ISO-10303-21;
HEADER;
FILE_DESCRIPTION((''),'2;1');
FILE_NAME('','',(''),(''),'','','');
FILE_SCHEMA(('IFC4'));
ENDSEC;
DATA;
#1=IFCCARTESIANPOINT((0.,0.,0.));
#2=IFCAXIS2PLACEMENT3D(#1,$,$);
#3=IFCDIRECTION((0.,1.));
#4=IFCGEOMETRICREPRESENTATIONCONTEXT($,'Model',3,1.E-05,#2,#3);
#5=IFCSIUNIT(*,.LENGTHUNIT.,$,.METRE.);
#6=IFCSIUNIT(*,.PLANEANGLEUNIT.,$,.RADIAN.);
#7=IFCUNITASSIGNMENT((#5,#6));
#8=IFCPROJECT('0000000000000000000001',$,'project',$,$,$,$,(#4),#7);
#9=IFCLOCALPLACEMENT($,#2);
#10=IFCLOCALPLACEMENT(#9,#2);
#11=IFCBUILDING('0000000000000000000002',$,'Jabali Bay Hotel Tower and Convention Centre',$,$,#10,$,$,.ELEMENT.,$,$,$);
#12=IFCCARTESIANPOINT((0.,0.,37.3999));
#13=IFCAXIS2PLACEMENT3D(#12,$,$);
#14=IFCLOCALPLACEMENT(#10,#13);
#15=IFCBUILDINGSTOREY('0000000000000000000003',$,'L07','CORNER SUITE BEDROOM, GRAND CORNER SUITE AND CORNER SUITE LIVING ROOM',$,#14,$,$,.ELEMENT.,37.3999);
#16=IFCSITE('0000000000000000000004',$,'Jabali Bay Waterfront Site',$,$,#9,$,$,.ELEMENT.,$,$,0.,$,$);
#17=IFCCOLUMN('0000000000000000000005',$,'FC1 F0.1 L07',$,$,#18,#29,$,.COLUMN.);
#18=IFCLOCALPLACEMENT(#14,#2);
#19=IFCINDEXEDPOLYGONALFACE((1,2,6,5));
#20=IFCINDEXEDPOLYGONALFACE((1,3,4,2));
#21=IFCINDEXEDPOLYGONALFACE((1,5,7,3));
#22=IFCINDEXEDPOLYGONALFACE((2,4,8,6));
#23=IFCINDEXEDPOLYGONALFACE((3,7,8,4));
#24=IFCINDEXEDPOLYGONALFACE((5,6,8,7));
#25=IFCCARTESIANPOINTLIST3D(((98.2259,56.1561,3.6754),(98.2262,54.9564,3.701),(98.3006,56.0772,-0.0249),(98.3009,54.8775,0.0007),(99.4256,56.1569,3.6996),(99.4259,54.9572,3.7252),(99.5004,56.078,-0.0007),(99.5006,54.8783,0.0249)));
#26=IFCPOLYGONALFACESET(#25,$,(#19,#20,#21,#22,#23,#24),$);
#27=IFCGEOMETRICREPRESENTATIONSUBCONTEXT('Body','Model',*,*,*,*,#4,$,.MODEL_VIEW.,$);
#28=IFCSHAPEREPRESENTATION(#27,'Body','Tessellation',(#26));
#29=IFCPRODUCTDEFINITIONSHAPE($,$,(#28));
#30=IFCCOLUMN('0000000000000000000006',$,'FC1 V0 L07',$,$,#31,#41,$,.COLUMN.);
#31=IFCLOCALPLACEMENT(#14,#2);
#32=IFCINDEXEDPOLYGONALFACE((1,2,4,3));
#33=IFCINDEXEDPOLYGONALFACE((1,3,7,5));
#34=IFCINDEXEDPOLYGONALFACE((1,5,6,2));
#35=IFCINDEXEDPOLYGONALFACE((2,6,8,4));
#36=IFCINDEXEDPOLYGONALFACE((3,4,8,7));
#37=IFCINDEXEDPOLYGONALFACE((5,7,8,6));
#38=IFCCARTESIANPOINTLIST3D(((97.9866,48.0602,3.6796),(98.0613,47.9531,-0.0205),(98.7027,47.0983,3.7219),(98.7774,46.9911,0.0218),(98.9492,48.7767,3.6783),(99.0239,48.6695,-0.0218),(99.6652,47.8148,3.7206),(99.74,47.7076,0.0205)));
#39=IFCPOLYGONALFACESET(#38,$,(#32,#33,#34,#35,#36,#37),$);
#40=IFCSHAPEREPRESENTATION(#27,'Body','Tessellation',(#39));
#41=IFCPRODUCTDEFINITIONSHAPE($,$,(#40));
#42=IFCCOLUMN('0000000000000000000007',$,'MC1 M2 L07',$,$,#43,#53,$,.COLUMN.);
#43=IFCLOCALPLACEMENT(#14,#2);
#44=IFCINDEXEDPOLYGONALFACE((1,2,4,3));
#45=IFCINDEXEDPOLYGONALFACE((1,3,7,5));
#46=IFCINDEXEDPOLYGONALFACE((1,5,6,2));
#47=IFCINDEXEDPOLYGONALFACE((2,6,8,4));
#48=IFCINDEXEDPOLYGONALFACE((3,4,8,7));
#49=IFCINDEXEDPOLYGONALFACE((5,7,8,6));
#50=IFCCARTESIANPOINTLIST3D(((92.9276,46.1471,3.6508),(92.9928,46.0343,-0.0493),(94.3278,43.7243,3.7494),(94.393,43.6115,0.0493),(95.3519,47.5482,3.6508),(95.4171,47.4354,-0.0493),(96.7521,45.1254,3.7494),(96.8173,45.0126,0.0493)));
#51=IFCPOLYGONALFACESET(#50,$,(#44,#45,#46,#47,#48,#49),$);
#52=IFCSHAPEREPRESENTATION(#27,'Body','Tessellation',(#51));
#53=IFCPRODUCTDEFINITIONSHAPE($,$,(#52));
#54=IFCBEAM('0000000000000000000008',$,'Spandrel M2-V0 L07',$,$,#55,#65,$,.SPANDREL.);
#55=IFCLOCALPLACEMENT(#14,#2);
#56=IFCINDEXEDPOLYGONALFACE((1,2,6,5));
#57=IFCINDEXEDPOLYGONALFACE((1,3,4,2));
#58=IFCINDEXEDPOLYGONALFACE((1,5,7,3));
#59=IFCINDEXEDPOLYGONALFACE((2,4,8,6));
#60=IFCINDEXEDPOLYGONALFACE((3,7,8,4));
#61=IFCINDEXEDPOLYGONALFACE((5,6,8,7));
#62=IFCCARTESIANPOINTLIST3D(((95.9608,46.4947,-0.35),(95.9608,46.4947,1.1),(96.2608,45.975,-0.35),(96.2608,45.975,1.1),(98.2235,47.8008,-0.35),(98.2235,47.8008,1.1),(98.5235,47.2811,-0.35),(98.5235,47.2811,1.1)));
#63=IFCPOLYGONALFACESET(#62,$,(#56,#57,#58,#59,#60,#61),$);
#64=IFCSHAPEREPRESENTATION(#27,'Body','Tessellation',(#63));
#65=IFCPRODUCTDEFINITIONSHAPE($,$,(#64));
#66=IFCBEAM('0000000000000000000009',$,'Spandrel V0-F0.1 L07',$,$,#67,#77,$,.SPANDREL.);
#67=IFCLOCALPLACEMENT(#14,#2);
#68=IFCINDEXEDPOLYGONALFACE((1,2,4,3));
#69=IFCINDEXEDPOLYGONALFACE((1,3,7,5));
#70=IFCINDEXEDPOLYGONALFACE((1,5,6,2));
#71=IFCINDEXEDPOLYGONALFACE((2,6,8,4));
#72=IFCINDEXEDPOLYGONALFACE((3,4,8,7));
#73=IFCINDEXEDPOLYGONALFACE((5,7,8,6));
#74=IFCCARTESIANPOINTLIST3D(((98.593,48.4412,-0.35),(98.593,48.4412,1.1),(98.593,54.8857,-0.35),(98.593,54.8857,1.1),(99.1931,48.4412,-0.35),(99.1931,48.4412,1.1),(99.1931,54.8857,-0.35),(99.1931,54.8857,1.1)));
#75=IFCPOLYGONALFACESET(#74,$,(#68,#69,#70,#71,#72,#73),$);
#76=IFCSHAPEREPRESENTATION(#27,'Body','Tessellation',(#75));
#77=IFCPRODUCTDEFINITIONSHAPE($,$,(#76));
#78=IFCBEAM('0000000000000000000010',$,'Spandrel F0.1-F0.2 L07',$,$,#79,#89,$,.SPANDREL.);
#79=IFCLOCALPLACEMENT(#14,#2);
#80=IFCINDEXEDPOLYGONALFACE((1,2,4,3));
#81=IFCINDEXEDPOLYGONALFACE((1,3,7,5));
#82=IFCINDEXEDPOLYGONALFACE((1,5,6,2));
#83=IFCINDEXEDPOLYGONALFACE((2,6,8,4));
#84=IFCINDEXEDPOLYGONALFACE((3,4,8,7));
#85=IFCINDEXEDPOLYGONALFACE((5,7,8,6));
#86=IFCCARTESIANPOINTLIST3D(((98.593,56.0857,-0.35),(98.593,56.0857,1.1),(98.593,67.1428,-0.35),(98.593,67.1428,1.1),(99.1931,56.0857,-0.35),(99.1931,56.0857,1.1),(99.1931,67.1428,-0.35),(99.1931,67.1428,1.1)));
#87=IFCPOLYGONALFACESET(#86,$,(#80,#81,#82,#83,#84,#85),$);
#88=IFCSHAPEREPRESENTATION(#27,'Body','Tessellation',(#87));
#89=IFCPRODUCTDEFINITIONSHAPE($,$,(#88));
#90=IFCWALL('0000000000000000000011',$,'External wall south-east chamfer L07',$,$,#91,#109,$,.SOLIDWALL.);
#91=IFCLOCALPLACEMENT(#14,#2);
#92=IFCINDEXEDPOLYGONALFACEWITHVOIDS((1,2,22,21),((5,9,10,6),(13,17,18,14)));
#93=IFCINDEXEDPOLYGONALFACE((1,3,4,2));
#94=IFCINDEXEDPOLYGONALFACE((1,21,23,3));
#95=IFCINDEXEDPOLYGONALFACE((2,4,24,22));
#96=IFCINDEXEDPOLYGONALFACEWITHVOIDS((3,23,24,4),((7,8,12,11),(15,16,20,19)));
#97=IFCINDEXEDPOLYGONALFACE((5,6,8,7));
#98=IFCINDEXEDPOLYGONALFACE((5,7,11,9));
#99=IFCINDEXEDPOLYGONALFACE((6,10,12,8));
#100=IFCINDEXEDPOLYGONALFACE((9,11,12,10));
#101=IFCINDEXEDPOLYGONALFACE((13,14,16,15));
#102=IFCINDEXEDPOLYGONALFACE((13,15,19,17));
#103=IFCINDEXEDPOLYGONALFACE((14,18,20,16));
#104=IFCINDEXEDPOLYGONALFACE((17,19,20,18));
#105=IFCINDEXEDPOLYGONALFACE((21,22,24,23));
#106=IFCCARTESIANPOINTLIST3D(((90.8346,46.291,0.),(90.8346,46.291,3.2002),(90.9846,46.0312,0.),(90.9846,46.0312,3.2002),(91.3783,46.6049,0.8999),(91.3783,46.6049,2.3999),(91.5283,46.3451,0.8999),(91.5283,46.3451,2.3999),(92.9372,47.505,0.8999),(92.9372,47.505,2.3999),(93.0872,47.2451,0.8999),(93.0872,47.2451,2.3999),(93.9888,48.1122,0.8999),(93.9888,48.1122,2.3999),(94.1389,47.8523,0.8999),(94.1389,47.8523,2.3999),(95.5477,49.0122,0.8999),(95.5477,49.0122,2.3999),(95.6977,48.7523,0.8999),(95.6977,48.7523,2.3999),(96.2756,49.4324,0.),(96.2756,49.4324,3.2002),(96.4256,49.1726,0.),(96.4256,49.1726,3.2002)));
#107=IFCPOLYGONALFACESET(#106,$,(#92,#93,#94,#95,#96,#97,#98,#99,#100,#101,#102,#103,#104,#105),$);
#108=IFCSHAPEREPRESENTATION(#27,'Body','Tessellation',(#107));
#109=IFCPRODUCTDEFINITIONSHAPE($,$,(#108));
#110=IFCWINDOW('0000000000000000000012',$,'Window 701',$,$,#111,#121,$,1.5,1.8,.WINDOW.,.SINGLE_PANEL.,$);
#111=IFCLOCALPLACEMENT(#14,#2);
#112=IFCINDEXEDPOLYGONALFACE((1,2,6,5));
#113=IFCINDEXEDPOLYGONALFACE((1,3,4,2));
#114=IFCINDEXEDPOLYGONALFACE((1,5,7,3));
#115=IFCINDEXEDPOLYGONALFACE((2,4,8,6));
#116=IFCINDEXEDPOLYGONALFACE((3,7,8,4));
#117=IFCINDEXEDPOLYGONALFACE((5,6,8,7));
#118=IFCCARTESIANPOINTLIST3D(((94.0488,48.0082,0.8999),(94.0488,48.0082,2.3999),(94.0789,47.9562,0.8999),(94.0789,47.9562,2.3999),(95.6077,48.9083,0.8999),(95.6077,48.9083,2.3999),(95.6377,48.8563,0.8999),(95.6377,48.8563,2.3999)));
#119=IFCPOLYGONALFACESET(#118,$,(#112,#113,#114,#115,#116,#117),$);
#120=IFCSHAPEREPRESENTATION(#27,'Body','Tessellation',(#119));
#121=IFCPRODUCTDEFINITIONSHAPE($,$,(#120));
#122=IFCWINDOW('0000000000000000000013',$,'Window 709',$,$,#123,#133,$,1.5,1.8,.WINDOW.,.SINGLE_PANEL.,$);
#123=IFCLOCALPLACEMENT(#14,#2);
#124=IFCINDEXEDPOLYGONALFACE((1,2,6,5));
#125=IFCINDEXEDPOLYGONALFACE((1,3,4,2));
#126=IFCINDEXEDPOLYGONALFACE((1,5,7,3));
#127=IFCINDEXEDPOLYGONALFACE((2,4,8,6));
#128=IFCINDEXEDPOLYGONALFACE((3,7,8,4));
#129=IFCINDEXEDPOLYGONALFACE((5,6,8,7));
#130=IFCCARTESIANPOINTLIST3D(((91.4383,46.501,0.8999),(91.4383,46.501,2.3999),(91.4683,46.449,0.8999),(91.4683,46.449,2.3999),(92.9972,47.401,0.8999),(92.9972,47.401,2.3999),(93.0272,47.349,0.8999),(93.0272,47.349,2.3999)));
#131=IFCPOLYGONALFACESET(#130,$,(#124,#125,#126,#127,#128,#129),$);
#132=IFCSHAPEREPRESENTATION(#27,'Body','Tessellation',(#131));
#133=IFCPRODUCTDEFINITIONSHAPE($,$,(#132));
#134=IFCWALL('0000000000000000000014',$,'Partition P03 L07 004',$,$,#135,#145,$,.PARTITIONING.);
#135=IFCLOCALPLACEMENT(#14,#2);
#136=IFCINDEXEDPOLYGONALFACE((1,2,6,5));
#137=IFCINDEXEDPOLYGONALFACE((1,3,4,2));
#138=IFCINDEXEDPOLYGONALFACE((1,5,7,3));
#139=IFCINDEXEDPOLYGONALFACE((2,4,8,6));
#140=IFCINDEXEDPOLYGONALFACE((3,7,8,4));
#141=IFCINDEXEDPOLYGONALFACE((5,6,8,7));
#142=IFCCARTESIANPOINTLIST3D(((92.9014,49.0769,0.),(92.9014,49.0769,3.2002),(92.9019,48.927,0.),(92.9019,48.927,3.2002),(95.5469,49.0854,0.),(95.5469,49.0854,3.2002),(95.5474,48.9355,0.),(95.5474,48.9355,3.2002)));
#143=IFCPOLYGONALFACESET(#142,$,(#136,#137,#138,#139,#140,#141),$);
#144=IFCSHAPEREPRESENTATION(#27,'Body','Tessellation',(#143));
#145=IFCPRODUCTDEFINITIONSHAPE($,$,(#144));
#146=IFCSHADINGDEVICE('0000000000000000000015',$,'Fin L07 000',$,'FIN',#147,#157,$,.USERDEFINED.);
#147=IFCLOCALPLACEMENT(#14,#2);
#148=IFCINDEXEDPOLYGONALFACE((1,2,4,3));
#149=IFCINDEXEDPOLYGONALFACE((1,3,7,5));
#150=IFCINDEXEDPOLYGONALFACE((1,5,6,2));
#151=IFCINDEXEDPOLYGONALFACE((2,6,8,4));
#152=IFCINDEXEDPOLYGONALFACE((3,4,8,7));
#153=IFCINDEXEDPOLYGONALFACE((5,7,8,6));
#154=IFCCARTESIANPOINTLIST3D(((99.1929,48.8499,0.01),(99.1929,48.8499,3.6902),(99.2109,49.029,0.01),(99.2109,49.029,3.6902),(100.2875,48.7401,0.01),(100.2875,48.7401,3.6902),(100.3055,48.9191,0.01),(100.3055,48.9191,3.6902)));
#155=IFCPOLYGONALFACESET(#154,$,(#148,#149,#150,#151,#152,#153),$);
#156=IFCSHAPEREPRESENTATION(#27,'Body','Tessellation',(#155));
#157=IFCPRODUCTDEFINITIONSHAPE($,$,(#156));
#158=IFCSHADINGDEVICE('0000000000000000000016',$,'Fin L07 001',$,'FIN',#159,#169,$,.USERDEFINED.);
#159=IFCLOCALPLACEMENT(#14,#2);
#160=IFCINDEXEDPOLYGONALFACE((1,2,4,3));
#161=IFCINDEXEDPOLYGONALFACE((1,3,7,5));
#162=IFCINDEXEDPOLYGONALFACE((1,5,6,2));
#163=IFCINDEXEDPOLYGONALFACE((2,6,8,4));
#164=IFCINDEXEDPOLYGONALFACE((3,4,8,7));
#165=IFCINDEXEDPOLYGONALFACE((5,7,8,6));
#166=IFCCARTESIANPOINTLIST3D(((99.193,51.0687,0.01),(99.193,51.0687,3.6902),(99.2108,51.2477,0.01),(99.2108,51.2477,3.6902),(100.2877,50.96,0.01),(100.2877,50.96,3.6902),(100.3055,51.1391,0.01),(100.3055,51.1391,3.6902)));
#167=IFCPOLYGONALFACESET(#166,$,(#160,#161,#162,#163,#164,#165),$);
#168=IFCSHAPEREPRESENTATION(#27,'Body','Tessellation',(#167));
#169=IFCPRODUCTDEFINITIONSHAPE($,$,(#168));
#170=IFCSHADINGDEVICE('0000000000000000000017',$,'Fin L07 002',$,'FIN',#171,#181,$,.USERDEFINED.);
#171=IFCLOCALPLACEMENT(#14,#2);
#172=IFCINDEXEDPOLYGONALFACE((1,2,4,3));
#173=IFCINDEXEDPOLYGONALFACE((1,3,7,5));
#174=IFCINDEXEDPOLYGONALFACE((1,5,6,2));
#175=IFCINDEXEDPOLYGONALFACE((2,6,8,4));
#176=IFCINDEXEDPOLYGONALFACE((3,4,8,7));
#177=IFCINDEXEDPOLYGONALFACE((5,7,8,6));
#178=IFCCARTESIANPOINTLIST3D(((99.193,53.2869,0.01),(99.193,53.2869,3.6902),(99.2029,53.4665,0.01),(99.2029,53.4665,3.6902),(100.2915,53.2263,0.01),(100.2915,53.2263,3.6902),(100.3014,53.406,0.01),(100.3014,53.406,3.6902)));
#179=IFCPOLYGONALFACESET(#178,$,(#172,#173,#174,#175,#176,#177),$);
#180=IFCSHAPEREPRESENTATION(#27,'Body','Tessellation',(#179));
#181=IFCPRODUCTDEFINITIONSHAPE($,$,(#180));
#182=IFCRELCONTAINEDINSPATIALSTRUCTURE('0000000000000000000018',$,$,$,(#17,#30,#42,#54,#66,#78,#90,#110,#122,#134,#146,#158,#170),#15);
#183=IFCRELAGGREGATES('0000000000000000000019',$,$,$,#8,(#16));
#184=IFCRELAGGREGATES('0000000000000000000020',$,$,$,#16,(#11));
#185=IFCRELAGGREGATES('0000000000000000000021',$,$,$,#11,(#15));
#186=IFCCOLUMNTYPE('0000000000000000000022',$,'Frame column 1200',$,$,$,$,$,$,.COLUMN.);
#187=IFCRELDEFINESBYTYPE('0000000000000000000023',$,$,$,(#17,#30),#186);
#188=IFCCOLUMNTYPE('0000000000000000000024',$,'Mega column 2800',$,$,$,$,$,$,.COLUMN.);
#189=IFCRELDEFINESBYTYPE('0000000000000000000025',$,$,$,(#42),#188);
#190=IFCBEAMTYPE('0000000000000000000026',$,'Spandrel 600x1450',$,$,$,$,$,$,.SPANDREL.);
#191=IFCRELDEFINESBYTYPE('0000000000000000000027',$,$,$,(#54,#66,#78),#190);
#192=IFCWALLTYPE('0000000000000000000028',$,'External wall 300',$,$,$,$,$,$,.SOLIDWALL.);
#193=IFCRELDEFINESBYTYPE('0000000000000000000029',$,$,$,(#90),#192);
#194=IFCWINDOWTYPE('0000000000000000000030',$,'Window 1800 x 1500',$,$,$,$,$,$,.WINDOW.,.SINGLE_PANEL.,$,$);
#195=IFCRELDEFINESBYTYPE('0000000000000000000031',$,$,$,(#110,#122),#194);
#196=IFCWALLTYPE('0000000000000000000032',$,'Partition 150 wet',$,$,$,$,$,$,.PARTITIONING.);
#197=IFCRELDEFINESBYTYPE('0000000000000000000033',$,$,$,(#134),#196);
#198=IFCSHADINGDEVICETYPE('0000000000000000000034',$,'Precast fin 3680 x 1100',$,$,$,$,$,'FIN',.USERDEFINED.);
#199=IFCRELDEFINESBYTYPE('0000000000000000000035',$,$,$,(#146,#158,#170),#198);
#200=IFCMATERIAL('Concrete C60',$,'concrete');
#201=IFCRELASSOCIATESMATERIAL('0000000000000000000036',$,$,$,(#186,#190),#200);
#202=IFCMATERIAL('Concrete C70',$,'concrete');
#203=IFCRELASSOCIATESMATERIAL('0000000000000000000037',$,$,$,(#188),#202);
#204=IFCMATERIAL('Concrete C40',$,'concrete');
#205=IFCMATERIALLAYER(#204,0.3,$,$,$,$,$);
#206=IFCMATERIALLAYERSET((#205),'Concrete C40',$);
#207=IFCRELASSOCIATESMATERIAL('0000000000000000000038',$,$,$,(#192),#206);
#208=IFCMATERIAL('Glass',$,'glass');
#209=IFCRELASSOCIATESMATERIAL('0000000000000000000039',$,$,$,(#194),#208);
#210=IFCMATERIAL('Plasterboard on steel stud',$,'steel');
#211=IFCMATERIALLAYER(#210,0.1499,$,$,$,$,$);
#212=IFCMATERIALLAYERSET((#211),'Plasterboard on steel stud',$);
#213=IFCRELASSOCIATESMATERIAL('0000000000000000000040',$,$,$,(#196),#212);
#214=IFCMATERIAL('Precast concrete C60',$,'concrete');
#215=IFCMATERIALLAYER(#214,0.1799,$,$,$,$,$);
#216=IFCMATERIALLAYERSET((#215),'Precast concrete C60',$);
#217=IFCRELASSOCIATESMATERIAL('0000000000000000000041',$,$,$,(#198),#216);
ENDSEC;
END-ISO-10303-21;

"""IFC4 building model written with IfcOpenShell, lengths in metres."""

from ifc_helpers import new_model, si_unit, direction, frame, frame_2d, origin, origin_2d, place, context, subcontext, project, spatial, rectangle, extrude, material, layer, layer_set, material_profile, profile_set, type_object, element, fill, save


model = new_model("IFC4")

# Units and contexts
model_context = context("Model", 3, precision=1e-05, world=origin(), true_north=direction((0.0, 1.0)))
body_context = subcontext(model_context, "Body", "Model", "MODEL_VIEW")
ifc_project = project(units=[si_unit("LENGTHUNIT", "METRE"), si_unit("PLANEANGLEUNIT", "RADIAN")], contexts=[model_context])

# Site, building, storey
site_placement = place(None, origin())
site = spatial("IfcSite", under=ifc_project, at=site_placement, Name="Jabali Bay Waterfront Site", CompositionType="ELEMENT", RefElevation=0.0)
building_placement = place(site_placement, origin())
building = spatial("IfcBuilding", under=site, at=building_placement, Name="Jabali Bay Hotel Tower and Convention Centre", CompositionType="ELEMENT")
storey_placement = place(building_placement, frame((0.0, 0.0, 37.3999)))
storey = spatial("IfcBuildingStorey", under=building, at=storey_placement, Name="L07", Description="CORNER SUITE BEDROOM, GRAND CORNER SUITE AND CORNER SUITE LIVING ROOM", CompositionType="ELEMENT", Elevation=37.3999)

# Columns
ifc_material_1 = material(Name="Concrete C60", Category="concrete")
ifc_material_profile_1 = material_profile(ifc_material_1, rectangle(XDim=1.2, YDim=1.2, at=origin_2d()), Name="Frame column 1200")
ifc_profile_set_1 = profile_set([ifc_material_profile_1], Name="Concrete C60")
column_type_1 = type_object("IfcColumnType", Name="Frame column 1200", PredefinedType="COLUMN", material=ifc_profile_set_1)
column_1_placement = place(storey_placement, frame((98.9006, 55.4778, 0.0), z_axis=(-0.020181, 0.021303, 0.999569), x_axis=(0.000228, -0.999773, 0.021311)))
element("IfcColumn", 1, at=column_1_placement, inside=storey, type_object=column_type_1, Name="FC1 F0.1 L07", PredefinedType="COLUMN", context=body_context, shape_type="SweptSolid", body=[
    extrude(rectangle(XDim=1.2, YDim=1.2, at=origin_2d()), origin(), (0.0, 0.0, 1.0), 3.7019),
])
column_2_placement = place(storey_placement, frame((98.9006, 47.8303, 0.0), z_axis=(-0.020177, 0.028947, 0.999377), x_axis=(-0.802177, -0.597086, 0.001099)))
element("IfcColumn", 2, at=column_2_placement, inside=storey, type_object=column_type_1, Name="FC1 V0 L07", PredefinedType="COLUMN", context=body_context, shape_type="SweptSolid", body=[
    extrude(rectangle(XDim=1.2, YDim=1.2, at=origin_2d()), origin(), (0.0, 0.0, 1.0), 3.7024),
])
ifc_material_2 = material(Name="Concrete C70", Category="concrete")
ifc_material_profile_2 = material_profile(ifc_material_2, rectangle(XDim=2.8, YDim=2.8, at=origin_2d()), Name="Mega column 2800")
ifc_profile_set_2 = profile_set([ifc_material_profile_2], Name="Concrete C70")
column_type_2 = type_object("IfcColumnType", Name="Mega column 2800", PredefinedType="COLUMN", material=ifc_profile_set_2)
column_3_placement = place(storey_placement, frame((94.905, 45.5234, 0.0), z_axis=(-0.017606, 0.030464, 0.999381), x_axis=(0.500061, -0.865275, 0.035186)))
element("IfcColumn", 3, at=column_3_placement, inside=storey, type_object=column_type_2, Name="MC1 M2 L07", PredefinedType="COLUMN", context=body_context, shape_type="SweptSolid", body=[
    extrude(rectangle(XDim=2.8, YDim=2.8, at=origin_2d()), origin(), (0.0, 0.0, 1.0), 3.7024),
])

# Beams
ifc_material_profile_3 = material_profile(ifc_material_1, rectangle(XDim=0.6001, YDim=1.45, at=origin_2d()), Name="Spandrel 600x1450")
ifc_profile_set_3 = profile_set([ifc_material_profile_3], Name="Concrete C60")
beam_type = type_object("IfcBeamType", Name="Spandrel 600x1450", PredefinedType="SPANDREL", material=ifc_profile_set_3)
beam_1_placement = place(storey_placement, frame((96.1108, 46.2349, 0.375), z_axis=(0.866061, 0.499938, 0.0), x_axis=(-0.499938, 0.866061, 0.0)))
element("IfcBeam", 4, at=beam_1_placement, inside=storey, type_object=beam_type, Name="Spandrel M2-V0 L07", PredefinedType="SPANDREL", context=body_context, shape_type="SweptSolid", body=[
    extrude(rectangle(XDim=0.6001, YDim=1.45, at=origin_2d()), origin(), (0.0, 0.0, 1.0), 2.6125),
])
beam_2_placement = place(storey_placement, frame((98.8931, 48.4412, 0.375), z_axis=(0.0, 1.0, 0.0), x_axis=(-1.0, 0.0, 0.0)))
element("IfcBeam", 5, at=beam_2_placement, inside=storey, type_object=beam_type, Name="Spandrel V0-F0.1 L07", PredefinedType="SPANDREL", context=body_context, shape_type="SweptSolid", body=[
    extrude(rectangle(XDim=0.6001, YDim=1.45, at=origin_2d()), origin(), (0.0, 0.0, 1.0), 6.4446),
])
beam_3_placement = place(storey_placement, frame((98.8931, 56.0857, 0.375), z_axis=(0.0, 1.0, 0.0), x_axis=(-1.0, 0.0, 0.0)))
element("IfcBeam", 6, at=beam_3_placement, inside=storey, type_object=beam_type, Name="Spandrel F0.1-F0.2 L07", PredefinedType="SPANDREL", context=body_context, shape_type="SweptSolid", body=[
    extrude(rectangle(XDim=0.6001, YDim=1.45, at=origin_2d()), origin(), (0.0, 0.0, 1.0), 11.0571),
])

# Wall, openings, windows
ifc_material_3 = material(Name="Concrete C40", Category="concrete")
ifc_layer_1 = layer(ifc_material_3, 0.3)
ifc_layer_set_1 = layer_set([ifc_layer_1], Name="Concrete C40")
wall_type_1 = type_object("IfcWallType", Name="External wall 300", PredefinedType="SOLIDWALL", material=ifc_layer_set_1)
wall_1_placement = place(storey_placement, frame((96.3506, 49.3025, 0.0), z_axis=(0.0, 0.0, 1.0), x_axis=(-0.866023, -0.500005, 0.0)))
wall_1 = element("IfcWall", 7, at=wall_1_placement, inside=storey, type_object=wall_type_1, Name="External wall south-east chamfer L07", PredefinedType="SOLIDWALL", context=body_context, shape_type="SweptSolid", body=[
    extrude(rectangle(XDim=6.2827, YDim=0.3, at=frame_2d((3.1414, 0.0))), origin(), (0.0, 0.0, 1.0), 3.2002),
])
opening_1_placement = place(wall_1_placement, frame((0.8406, 0.0, 0.8999)))
opening_1 = element("IfcOpeningElement", 8, at=opening_1_placement, cuts=wall_1, PredefinedType="OPENING", context=body_context, shape_type="SweptSolid", body=[
    extrude(rectangle(XDim=1.8, YDim=1.5, at=frame_2d((0.8999, 0.75))), frame((0.0, 0.1606, 0.0), z_axis=(0.0, -1.0, 0.0), x_axis=(1.0, 0.0, 0.0)), (0.0, 0.0, 1.0), 0.321),
])
opening_2_placement = place(wall_1_placement, frame((3.855, 0.0, 0.8999)))
opening_2 = element("IfcOpeningElement", 9, at=opening_2_placement, cuts=wall_1, PredefinedType="OPENING", context=body_context, shape_type="SweptSolid", body=[
    extrude(rectangle(XDim=1.8, YDim=1.5, at=frame_2d((0.8999, 0.75))), frame((0.0, 0.1606, 0.0), z_axis=(0.0, -1.0, 0.0), x_axis=(1.0, 0.0, 0.0)), (0.0, 0.0, 1.0), 0.321),
])
ifc_material_4 = material(Name="Glass", Category="glass")
window_type = type_object("IfcWindowType", Name="Window 1800 x 1500", PartitioningType="SINGLE_PANEL", PredefinedType="WINDOW", material=ifc_material_4)
window_1_placement = place(opening_1_placement, origin())
window_1 = element("IfcWindow", 10, at=window_1_placement, inside=storey, type_object=window_type, Name="Window 701", OverallHeight=1.5, OverallWidth=1.8, PartitioningType="SINGLE_PANEL", PredefinedType="WINDOW", context=body_context, shape_type="SweptSolid", body=[
    extrude(rectangle(XDim=1.8, YDim=1.5, at=frame_2d((0.8999, 0.75))), frame((0.0, 0.03, 0.0), z_axis=(0.0, -1.0, 0.0), x_axis=(1.0, 0.0, 0.0)), (0.0, 0.0, 1.0), 0.0601),
])
fill(opening_1, window_1)
window_2_placement = place(opening_2_placement, origin())
window_2 = element("IfcWindow", 11, at=window_2_placement, inside=storey, type_object=window_type, Name="Window 709", OverallHeight=1.5, OverallWidth=1.8, PartitioningType="SINGLE_PANEL", PredefinedType="WINDOW", context=body_context, shape_type="SweptSolid", body=[
    extrude(rectangle(XDim=1.8, YDim=1.5, at=frame_2d((0.8999, 0.75))), frame((0.0, 0.03, 0.0), z_axis=(0.0, -1.0, 0.0), x_axis=(1.0, 0.0, 0.0)), (0.0, 0.0, 1.0), 0.0601),
])
fill(opening_2, window_2)

# Wall
ifc_material_5 = material(Name="Plasterboard on steel stud", Category="steel")
ifc_layer_2 = layer(ifc_material_5, 0.1499)
ifc_layer_set_2 = layer_set([ifc_layer_2], Name="Plasterboard on steel stud")
wall_type_2 = type_object("IfcWallType", Name="Partition 150 wet", PredefinedType="PARTITIONING", material=ifc_layer_set_2)
wall_2_placement = place(storey_placement, frame((95.5471, 49.0105, 0.0), z_axis=(0.0, 0.0, 1.0), x_axis=(-0.999995, -0.00323, 0.0)))
element("IfcWall", 12, at=wall_2_placement, inside=storey, type_object=wall_type_2, Name="Partition P03 L07 004", PredefinedType="PARTITIONING", context=body_context, shape_type="SweptSolid", body=[
    extrude(rectangle(XDim=2.6455, YDim=0.1499, at=frame_2d((1.3228, 0.0))), origin(), (0.0, 0.0, 1.0), 3.2002),
])

# Shading devices
ifc_material_6 = material(Name="Precast concrete C60", Category="concrete")
ifc_layer_3 = layer(ifc_material_6, 0.1799)
ifc_layer_set_3 = layer_set([ifc_layer_3], Name="Precast concrete C60")
shading_device_type_1 = type_object("IfcShadingDeviceType", Name="Precast fin 3680 x 1100", ElementType="FIN", PredefinedType="USERDEFINED", material=ifc_layer_set_3)
for number, where, z_axis, x_axis, name in (
    (13, (99.2019, 48.9395, 0.01), (0.0, 0.0, 1.0), (0.995, -0.099877, 0.0), "Fin L07 000"),
    (14, (99.2019, 51.1582, 0.01), (0.0, 0.0, 1.0), (0.995112, -0.098757, 0.0), "Fin L07 001"),
    (15, (99.198, 53.3767, 0.01), (0.0, 0.0, 1.0), (0.998484, -0.05504, 0.0), "Fin L07 002"),
):
    element("IfcShadingDevice", number, at=place(storey_placement, frame(where, z_axis=z_axis, x_axis=x_axis)), inside=storey, type_object=shading_device_type_1, Name=name, ObjectType="FIN", PredefinedType="USERDEFINED", context=body_context, shape_type="SweptSolid", body=[
        extrude(rectangle(XDim=1.1001, YDim=0.1799, at=frame_2d((0.55, 0.0))), origin(), (0.0, 0.0, 1.0), 3.6802),
    ])

save(model, "model.ifc")
